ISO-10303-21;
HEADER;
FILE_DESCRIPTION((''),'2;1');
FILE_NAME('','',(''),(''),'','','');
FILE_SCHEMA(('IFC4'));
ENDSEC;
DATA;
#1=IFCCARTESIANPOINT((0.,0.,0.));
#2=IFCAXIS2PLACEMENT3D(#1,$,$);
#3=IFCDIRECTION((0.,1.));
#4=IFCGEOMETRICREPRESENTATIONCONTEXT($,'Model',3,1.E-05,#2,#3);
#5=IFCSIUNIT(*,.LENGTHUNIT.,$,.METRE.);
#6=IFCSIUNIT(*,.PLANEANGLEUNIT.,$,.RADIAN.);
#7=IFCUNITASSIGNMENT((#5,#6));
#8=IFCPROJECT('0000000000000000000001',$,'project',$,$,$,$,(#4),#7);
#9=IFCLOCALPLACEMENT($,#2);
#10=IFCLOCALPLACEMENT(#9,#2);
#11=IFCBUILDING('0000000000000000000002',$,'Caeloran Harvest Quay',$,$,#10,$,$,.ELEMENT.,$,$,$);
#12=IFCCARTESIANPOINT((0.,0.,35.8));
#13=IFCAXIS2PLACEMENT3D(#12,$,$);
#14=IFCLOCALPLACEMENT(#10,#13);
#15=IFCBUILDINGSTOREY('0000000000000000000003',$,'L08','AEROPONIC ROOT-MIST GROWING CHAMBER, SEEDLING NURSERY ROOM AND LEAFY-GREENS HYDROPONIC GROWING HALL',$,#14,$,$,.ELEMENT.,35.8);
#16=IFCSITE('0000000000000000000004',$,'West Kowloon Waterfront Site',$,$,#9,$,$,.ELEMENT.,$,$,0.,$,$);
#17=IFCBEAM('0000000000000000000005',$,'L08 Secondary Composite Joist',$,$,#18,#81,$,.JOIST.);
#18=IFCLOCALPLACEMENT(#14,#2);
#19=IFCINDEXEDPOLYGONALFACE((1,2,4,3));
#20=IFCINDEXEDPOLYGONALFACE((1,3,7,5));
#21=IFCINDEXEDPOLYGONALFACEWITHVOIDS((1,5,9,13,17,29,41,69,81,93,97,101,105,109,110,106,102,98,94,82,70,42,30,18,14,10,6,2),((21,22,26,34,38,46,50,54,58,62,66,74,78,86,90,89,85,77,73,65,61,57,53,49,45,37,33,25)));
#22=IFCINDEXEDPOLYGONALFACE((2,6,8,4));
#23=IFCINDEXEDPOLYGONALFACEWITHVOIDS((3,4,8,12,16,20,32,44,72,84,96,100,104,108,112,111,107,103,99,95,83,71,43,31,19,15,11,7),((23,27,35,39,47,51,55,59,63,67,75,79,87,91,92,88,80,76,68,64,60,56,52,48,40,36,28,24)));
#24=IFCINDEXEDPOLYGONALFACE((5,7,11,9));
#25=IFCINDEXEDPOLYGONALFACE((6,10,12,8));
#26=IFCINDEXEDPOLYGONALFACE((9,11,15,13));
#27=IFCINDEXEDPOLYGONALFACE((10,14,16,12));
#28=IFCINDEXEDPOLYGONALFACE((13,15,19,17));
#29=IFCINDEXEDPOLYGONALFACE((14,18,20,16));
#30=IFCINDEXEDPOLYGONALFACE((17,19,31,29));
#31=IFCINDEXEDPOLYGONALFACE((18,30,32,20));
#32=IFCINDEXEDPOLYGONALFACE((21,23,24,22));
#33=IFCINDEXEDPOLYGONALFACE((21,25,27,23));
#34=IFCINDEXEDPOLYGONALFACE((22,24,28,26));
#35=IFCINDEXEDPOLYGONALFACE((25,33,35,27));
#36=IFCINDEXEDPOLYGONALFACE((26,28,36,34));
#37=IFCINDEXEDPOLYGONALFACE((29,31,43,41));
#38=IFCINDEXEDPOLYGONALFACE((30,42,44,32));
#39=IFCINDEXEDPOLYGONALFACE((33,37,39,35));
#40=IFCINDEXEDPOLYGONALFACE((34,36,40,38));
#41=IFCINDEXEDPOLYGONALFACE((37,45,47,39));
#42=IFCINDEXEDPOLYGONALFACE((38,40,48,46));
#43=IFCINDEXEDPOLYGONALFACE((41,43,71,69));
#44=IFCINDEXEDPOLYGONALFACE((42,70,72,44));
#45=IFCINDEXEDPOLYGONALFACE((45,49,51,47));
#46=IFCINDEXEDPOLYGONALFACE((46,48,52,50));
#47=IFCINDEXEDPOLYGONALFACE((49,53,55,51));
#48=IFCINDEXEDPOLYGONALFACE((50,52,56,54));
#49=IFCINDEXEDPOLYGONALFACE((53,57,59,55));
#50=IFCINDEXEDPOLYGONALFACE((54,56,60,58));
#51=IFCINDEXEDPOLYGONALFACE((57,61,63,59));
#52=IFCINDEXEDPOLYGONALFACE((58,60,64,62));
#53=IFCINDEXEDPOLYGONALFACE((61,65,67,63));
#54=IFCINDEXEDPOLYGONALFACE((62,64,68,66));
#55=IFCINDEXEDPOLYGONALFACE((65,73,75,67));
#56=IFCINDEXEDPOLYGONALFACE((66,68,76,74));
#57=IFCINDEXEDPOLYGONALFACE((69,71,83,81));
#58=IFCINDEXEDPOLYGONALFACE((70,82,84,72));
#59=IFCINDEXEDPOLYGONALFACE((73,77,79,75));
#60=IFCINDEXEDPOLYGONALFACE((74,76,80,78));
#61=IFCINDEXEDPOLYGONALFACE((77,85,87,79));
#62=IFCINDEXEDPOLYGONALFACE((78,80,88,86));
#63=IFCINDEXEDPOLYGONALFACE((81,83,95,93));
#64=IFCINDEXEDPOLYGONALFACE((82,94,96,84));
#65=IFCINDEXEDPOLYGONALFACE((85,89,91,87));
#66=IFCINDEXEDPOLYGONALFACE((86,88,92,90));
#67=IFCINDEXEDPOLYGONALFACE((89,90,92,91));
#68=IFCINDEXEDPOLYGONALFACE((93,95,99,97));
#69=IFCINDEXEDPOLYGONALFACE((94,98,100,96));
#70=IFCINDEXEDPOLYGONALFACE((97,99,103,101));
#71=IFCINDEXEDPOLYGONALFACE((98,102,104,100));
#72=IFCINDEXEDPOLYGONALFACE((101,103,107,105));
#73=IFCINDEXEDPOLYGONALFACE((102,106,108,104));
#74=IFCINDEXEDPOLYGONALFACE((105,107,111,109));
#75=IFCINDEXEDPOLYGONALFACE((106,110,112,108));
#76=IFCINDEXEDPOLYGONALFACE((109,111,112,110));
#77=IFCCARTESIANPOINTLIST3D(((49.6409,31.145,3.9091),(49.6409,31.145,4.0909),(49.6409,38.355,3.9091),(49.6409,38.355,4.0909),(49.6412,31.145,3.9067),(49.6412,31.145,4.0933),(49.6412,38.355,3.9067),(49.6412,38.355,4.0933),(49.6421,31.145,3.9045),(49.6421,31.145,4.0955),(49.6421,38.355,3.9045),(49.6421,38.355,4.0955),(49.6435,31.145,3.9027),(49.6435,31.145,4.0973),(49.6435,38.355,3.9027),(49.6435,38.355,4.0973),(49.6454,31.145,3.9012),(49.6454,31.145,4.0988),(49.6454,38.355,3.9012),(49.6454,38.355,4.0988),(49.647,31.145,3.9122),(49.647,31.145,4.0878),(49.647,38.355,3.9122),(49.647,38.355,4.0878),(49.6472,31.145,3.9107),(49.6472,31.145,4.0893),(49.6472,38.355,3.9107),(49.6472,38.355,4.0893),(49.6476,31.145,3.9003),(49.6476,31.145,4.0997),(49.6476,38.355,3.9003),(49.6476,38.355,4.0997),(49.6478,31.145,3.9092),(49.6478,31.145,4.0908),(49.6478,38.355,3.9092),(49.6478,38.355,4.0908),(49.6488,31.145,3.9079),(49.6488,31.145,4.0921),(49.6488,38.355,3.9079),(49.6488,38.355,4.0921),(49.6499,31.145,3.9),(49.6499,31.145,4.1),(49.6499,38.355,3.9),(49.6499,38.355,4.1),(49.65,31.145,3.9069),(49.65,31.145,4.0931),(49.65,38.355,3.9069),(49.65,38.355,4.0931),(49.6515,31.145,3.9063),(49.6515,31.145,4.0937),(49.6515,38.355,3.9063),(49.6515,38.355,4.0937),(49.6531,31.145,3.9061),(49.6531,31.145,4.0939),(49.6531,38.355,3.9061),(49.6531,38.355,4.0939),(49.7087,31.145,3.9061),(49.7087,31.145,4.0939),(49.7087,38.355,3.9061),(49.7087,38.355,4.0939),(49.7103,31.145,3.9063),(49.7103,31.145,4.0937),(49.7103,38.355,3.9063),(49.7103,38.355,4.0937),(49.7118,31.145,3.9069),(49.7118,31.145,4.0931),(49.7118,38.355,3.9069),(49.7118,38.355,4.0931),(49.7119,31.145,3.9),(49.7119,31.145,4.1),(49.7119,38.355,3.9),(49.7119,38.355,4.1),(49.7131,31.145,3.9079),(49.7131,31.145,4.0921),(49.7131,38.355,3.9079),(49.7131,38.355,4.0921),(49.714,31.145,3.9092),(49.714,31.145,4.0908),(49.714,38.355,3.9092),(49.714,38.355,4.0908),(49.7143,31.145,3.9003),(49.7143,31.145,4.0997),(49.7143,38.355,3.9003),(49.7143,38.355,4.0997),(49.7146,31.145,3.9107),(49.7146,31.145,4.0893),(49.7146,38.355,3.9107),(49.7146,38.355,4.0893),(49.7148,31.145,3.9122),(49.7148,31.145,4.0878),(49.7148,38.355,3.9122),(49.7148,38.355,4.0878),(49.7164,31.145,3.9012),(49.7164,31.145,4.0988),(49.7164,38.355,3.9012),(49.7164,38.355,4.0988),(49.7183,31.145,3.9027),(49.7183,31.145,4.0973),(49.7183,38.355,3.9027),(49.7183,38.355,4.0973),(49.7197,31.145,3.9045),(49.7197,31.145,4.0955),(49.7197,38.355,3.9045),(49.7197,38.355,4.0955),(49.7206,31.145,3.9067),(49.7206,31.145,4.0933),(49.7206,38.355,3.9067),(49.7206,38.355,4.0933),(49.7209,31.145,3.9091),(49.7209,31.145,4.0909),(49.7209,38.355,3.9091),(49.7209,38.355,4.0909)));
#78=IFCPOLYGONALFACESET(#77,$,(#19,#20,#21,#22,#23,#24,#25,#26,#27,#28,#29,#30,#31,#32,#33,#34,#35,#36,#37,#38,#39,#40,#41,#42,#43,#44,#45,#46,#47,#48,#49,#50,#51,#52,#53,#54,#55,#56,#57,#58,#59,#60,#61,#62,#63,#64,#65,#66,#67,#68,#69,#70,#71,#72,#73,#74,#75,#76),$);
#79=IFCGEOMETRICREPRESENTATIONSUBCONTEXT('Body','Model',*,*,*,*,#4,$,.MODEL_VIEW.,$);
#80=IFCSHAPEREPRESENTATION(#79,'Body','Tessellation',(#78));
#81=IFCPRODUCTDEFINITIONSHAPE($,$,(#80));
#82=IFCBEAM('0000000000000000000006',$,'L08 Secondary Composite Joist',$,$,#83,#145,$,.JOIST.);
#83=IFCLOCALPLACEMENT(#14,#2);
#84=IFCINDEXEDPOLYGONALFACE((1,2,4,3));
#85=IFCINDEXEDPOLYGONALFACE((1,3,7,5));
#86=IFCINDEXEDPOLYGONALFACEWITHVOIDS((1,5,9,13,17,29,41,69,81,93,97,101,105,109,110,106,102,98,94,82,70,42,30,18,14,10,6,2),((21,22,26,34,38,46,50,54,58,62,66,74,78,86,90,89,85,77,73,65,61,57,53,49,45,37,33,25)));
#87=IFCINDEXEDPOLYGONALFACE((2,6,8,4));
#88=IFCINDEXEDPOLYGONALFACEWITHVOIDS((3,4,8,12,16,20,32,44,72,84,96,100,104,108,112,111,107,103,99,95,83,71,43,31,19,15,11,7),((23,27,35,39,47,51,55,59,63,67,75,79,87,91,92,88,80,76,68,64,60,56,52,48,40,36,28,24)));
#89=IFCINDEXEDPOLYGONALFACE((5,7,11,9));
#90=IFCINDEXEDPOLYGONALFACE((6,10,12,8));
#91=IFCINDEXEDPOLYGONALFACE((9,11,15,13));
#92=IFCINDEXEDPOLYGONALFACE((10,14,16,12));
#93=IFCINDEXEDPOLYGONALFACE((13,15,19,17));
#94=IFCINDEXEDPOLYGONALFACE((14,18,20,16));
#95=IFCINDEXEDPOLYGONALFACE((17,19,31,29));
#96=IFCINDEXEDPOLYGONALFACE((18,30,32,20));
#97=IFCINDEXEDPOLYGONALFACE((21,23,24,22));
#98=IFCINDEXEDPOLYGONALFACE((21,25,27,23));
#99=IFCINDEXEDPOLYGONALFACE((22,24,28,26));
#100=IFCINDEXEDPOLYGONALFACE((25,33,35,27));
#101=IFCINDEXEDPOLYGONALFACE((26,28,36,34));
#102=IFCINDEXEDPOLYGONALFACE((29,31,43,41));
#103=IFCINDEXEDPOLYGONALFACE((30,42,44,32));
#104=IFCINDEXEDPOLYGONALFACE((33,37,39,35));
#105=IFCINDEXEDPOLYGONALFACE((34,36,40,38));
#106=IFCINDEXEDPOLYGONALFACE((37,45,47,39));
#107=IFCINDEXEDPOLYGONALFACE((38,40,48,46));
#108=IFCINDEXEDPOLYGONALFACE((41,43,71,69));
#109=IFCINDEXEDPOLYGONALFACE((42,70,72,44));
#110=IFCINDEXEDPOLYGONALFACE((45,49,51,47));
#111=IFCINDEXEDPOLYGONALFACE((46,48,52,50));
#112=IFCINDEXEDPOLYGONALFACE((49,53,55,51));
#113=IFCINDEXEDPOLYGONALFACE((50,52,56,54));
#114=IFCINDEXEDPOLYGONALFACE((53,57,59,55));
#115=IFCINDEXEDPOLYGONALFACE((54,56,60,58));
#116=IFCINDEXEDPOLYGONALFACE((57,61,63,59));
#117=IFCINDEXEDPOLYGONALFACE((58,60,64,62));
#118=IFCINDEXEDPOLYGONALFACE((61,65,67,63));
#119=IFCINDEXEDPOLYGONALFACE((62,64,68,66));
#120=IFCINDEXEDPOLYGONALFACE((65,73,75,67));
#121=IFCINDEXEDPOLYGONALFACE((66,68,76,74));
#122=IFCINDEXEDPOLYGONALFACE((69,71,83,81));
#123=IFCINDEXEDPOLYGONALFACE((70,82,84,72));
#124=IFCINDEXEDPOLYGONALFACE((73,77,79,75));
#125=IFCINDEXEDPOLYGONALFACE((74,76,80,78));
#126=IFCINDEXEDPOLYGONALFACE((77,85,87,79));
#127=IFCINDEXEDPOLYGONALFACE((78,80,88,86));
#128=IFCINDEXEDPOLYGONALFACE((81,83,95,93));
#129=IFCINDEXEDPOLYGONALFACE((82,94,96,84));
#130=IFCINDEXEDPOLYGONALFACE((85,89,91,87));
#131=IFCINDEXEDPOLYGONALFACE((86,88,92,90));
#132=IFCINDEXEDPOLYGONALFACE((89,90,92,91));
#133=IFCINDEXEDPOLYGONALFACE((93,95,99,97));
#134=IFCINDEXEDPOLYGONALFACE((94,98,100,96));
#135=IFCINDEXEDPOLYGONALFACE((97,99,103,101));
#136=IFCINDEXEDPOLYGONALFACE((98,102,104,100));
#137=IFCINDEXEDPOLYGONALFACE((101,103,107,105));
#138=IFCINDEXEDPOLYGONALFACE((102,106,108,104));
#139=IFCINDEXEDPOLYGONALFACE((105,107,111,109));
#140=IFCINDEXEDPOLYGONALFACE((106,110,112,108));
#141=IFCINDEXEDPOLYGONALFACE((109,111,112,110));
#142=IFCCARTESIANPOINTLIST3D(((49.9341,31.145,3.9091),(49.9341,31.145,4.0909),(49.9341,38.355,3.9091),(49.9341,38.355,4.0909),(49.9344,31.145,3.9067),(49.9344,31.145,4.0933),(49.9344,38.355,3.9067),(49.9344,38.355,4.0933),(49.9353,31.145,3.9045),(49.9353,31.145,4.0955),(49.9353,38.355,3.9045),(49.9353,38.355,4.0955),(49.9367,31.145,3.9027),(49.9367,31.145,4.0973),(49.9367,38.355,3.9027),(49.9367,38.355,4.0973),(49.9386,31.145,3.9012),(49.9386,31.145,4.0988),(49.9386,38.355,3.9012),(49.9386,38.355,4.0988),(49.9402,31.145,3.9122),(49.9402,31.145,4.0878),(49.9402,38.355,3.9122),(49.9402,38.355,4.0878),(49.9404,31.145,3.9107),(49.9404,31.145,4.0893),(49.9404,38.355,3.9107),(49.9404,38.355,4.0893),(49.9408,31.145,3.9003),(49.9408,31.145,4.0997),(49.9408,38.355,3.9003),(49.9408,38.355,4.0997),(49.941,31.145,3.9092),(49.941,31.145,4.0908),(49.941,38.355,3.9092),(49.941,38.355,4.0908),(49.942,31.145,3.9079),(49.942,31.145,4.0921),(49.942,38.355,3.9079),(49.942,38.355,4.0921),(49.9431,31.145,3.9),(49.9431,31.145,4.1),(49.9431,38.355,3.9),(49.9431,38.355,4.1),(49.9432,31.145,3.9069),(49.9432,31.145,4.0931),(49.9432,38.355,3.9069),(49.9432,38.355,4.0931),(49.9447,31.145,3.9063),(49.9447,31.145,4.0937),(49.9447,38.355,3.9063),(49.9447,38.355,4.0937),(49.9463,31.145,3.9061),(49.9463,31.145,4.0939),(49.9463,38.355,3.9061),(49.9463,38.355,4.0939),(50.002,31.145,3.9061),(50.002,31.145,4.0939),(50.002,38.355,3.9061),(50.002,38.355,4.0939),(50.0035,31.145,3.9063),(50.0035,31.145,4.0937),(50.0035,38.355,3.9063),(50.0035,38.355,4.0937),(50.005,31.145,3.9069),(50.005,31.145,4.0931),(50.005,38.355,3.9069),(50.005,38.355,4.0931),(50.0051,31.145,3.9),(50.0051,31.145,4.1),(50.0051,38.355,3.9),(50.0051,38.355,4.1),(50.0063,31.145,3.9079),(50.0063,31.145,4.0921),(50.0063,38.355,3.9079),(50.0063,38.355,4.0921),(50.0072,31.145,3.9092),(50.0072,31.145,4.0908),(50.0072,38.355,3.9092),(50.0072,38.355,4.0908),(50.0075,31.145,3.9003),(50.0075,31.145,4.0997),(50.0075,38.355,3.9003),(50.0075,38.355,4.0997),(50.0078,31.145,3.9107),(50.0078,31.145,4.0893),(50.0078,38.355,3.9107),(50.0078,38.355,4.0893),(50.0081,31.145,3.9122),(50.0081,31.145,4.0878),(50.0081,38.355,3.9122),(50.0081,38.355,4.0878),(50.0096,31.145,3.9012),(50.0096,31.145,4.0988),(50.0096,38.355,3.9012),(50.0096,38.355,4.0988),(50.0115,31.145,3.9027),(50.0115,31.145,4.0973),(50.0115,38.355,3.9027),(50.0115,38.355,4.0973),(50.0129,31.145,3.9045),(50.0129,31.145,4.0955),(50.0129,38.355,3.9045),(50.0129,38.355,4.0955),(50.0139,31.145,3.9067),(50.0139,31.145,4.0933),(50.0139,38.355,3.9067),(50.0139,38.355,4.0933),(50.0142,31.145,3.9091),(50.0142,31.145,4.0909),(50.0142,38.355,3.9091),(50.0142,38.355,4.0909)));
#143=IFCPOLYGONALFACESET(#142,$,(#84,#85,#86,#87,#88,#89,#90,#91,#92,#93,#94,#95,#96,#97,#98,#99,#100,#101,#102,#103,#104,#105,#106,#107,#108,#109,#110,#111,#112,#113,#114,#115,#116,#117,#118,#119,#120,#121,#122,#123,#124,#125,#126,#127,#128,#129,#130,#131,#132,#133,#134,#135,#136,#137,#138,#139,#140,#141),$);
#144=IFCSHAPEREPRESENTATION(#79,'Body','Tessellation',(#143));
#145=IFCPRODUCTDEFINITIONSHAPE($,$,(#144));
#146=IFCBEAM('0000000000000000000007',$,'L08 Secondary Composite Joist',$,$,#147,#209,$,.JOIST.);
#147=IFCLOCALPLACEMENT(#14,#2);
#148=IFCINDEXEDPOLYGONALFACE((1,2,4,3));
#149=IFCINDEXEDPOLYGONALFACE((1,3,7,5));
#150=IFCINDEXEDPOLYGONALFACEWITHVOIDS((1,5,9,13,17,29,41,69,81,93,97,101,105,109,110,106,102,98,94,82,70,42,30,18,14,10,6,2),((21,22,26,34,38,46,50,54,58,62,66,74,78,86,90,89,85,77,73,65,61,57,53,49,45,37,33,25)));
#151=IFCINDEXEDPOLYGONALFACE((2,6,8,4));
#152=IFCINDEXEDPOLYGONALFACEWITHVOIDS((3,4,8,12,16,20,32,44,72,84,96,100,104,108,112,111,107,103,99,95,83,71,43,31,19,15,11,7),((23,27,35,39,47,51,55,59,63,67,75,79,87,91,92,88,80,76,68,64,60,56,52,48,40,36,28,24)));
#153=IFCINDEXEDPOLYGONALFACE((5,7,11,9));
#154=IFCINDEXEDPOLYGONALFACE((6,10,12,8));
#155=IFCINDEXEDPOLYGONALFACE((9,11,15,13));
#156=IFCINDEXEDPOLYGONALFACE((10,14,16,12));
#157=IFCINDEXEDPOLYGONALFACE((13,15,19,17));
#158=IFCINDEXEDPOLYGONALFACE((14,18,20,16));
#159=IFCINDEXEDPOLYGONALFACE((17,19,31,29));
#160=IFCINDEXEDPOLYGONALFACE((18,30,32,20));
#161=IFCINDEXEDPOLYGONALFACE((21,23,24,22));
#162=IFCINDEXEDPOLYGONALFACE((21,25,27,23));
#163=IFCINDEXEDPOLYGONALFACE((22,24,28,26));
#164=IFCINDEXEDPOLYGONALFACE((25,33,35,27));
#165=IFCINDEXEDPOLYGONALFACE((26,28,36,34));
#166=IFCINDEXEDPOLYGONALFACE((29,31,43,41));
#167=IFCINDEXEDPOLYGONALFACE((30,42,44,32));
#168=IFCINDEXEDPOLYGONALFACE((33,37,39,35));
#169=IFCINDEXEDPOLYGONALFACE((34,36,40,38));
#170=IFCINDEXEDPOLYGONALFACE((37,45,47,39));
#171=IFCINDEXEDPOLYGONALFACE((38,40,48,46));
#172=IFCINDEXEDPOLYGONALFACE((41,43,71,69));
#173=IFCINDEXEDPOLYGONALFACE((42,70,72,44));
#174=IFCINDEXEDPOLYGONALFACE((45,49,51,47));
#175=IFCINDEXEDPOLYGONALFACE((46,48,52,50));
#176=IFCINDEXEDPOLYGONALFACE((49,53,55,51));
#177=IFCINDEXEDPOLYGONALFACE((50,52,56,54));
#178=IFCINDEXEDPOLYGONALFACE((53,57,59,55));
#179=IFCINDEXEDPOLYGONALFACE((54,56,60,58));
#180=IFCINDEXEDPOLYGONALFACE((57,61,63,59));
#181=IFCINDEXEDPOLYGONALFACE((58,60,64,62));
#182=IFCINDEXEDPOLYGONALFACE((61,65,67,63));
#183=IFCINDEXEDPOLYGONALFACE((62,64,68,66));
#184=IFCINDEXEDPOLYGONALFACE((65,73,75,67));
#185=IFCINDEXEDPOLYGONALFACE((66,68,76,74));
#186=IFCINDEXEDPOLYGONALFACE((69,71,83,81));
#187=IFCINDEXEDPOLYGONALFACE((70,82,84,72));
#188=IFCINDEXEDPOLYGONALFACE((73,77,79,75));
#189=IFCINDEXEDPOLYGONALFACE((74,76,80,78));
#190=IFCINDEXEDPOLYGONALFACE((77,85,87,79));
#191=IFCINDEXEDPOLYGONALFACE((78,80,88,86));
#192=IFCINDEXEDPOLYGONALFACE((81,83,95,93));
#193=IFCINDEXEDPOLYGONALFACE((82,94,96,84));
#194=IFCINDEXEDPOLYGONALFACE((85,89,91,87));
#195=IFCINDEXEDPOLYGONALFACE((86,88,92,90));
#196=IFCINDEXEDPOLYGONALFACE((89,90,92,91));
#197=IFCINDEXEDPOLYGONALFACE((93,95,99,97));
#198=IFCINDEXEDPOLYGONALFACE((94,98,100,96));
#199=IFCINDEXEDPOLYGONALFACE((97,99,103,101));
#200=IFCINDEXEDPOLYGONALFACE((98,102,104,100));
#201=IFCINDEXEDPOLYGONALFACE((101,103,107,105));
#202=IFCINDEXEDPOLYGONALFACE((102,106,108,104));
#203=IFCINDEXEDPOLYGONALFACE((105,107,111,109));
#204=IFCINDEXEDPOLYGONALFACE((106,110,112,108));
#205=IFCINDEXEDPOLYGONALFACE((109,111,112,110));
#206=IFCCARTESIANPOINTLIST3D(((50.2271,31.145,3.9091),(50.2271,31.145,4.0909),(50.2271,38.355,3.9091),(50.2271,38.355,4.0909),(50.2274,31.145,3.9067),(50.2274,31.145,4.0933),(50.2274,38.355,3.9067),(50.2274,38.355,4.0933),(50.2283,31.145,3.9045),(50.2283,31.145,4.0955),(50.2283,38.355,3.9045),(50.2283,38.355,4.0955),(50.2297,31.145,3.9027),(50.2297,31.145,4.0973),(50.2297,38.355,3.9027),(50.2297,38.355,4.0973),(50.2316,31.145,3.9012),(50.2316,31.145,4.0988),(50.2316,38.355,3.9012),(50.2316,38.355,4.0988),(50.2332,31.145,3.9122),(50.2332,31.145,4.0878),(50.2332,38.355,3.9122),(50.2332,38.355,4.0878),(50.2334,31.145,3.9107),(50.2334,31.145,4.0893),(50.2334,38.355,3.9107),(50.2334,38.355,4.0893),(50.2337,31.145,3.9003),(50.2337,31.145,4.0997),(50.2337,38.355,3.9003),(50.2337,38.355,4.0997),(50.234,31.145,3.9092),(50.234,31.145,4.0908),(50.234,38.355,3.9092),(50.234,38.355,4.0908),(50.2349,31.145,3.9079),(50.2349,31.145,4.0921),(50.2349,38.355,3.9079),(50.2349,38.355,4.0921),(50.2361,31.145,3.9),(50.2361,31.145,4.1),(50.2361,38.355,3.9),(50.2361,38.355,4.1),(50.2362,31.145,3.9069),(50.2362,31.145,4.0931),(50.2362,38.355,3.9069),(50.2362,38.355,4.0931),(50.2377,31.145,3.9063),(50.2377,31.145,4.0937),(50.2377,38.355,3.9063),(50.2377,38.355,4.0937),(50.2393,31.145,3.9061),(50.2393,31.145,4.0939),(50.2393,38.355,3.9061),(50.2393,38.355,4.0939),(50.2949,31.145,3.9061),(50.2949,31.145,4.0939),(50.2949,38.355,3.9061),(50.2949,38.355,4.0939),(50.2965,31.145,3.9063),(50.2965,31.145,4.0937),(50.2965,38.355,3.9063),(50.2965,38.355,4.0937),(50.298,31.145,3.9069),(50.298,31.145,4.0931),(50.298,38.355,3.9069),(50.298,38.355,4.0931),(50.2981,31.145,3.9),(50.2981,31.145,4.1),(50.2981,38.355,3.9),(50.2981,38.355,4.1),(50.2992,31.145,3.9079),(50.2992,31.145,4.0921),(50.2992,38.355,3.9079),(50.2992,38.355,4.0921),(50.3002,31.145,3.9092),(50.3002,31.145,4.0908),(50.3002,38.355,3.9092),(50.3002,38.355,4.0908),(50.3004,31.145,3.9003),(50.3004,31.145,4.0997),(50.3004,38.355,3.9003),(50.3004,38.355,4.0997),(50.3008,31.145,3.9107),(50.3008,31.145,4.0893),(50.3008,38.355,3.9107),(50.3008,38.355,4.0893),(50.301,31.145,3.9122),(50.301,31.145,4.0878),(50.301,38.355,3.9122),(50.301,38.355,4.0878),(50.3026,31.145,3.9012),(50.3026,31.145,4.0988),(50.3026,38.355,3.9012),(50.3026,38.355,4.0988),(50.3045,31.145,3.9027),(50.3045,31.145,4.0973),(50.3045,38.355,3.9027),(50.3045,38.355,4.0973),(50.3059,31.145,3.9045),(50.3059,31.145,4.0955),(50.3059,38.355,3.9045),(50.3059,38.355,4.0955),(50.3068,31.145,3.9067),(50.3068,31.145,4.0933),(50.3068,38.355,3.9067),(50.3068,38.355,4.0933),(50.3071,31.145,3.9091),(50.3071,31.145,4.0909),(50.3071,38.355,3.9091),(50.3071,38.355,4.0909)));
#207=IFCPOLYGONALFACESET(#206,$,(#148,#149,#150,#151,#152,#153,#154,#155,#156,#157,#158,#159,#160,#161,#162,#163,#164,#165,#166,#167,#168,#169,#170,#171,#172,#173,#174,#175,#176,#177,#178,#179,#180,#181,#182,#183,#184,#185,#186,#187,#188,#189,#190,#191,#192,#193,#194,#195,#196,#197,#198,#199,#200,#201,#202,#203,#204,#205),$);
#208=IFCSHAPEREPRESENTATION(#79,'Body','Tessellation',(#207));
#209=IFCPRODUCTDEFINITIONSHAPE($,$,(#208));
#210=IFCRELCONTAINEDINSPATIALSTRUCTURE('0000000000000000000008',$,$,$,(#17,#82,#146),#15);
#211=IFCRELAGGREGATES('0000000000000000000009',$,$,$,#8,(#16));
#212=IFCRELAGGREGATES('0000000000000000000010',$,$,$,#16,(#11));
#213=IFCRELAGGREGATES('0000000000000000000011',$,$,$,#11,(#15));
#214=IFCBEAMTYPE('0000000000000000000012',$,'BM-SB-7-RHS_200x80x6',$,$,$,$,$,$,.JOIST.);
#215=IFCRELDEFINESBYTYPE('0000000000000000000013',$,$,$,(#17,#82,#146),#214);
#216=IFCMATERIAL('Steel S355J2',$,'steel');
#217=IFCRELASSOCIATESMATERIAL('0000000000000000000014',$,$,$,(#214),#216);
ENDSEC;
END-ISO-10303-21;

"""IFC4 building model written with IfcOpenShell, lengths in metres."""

from ifc_helpers import new_model, si_unit, direction, frame, origin, origin_2d, place, context, subcontext, project, spatial, hollow_rectangle, extrude, material, material_profile, profile_set, type_object, element, save


model = new_model("IFC4")

# Units and contexts
model_context = context("Model", 3, precision=1e-05, world=origin(), true_north=direction((0.0, 1.0)))
body_context = subcontext(model_context, "Body", "Model", "MODEL_VIEW")
ifc_project = project(units=[si_unit("LENGTHUNIT", "METRE"), si_unit("PLANEANGLEUNIT", "RADIAN")], contexts=[model_context])

# Site, building, storey
site_placement = place(None, origin())
site = spatial("IfcSite", under=ifc_project, at=site_placement, Name="West Kowloon Waterfront Site", CompositionType="ELEMENT", RefElevation=0.0)
building_placement = place(site_placement, origin())
building = spatial("IfcBuilding", under=site, at=building_placement, Name="Caeloran Harvest Quay", CompositionType="ELEMENT")
storey_placement = place(building_placement, frame((0.0, 0.0, 35.8)))
storey = spatial("IfcBuildingStorey", under=building, at=storey_placement, Name="L08", Description="AEROPONIC ROOT-MIST GROWING CHAMBER, SEEDLING NURSERY ROOM AND LEAFY-GREENS HYDROPONIC GROWING HALL", CompositionType="ELEMENT", Elevation=35.8)

# Beams
ifc_material_1 = material(Name="Steel S355J2", Category="steel")
ifc_material_profile_1 = material_profile(ifc_material_1, hollow_rectangle(XDim=0.0801, YDim=0.2, WallThickness=0.0061, InnerFilletRadius=0.0061, OuterFilletRadius=0.009, at=origin_2d()), Name="RHS 200x80x6")
ifc_profile_set_1 = profile_set([ifc_material_profile_1], Name="Steel S355J2")
beam_type_1 = type_object("IfcBeamType", Name="BM-SB-7-RHS_200x80x6", PredefinedType="JOIST", material=ifc_profile_set_1)
for number, where, z_axis, x_axis, name in (
    (1, (49.6809, 31.145, 4.0), (0.0, 1.0, 0.0), (-1.0, 0.0, 0.0), "L08 Secondary Composite Joist"),
    (2, (49.9741, 31.145, 4.0), (0.0, 1.0, 0.0), (-1.0, 0.0, 0.0), "L08 Secondary Composite Joist"),
    (3, (50.2671, 31.145, 4.0), (0.0, 1.0, 0.0), (-1.0, 0.0, 0.0), "L08 Secondary Composite Joist"),
):
    element("IfcBeam", number, at=place(storey_placement, frame(where, z_axis=z_axis, x_axis=x_axis)), inside=storey, type_object=beam_type_1, Name=name, PredefinedType="JOIST", context=body_context, shape_type="SweptSolid", body=[
        extrude(hollow_rectangle(XDim=0.0801, YDim=0.2, WallThickness=0.0061, InnerFilletRadius=0.0061, OuterFilletRadius=0.009, at=origin_2d()), origin(), (0.0, 0.0, 1.0), 7.21),
    ])

save(model, "model.ifc")
